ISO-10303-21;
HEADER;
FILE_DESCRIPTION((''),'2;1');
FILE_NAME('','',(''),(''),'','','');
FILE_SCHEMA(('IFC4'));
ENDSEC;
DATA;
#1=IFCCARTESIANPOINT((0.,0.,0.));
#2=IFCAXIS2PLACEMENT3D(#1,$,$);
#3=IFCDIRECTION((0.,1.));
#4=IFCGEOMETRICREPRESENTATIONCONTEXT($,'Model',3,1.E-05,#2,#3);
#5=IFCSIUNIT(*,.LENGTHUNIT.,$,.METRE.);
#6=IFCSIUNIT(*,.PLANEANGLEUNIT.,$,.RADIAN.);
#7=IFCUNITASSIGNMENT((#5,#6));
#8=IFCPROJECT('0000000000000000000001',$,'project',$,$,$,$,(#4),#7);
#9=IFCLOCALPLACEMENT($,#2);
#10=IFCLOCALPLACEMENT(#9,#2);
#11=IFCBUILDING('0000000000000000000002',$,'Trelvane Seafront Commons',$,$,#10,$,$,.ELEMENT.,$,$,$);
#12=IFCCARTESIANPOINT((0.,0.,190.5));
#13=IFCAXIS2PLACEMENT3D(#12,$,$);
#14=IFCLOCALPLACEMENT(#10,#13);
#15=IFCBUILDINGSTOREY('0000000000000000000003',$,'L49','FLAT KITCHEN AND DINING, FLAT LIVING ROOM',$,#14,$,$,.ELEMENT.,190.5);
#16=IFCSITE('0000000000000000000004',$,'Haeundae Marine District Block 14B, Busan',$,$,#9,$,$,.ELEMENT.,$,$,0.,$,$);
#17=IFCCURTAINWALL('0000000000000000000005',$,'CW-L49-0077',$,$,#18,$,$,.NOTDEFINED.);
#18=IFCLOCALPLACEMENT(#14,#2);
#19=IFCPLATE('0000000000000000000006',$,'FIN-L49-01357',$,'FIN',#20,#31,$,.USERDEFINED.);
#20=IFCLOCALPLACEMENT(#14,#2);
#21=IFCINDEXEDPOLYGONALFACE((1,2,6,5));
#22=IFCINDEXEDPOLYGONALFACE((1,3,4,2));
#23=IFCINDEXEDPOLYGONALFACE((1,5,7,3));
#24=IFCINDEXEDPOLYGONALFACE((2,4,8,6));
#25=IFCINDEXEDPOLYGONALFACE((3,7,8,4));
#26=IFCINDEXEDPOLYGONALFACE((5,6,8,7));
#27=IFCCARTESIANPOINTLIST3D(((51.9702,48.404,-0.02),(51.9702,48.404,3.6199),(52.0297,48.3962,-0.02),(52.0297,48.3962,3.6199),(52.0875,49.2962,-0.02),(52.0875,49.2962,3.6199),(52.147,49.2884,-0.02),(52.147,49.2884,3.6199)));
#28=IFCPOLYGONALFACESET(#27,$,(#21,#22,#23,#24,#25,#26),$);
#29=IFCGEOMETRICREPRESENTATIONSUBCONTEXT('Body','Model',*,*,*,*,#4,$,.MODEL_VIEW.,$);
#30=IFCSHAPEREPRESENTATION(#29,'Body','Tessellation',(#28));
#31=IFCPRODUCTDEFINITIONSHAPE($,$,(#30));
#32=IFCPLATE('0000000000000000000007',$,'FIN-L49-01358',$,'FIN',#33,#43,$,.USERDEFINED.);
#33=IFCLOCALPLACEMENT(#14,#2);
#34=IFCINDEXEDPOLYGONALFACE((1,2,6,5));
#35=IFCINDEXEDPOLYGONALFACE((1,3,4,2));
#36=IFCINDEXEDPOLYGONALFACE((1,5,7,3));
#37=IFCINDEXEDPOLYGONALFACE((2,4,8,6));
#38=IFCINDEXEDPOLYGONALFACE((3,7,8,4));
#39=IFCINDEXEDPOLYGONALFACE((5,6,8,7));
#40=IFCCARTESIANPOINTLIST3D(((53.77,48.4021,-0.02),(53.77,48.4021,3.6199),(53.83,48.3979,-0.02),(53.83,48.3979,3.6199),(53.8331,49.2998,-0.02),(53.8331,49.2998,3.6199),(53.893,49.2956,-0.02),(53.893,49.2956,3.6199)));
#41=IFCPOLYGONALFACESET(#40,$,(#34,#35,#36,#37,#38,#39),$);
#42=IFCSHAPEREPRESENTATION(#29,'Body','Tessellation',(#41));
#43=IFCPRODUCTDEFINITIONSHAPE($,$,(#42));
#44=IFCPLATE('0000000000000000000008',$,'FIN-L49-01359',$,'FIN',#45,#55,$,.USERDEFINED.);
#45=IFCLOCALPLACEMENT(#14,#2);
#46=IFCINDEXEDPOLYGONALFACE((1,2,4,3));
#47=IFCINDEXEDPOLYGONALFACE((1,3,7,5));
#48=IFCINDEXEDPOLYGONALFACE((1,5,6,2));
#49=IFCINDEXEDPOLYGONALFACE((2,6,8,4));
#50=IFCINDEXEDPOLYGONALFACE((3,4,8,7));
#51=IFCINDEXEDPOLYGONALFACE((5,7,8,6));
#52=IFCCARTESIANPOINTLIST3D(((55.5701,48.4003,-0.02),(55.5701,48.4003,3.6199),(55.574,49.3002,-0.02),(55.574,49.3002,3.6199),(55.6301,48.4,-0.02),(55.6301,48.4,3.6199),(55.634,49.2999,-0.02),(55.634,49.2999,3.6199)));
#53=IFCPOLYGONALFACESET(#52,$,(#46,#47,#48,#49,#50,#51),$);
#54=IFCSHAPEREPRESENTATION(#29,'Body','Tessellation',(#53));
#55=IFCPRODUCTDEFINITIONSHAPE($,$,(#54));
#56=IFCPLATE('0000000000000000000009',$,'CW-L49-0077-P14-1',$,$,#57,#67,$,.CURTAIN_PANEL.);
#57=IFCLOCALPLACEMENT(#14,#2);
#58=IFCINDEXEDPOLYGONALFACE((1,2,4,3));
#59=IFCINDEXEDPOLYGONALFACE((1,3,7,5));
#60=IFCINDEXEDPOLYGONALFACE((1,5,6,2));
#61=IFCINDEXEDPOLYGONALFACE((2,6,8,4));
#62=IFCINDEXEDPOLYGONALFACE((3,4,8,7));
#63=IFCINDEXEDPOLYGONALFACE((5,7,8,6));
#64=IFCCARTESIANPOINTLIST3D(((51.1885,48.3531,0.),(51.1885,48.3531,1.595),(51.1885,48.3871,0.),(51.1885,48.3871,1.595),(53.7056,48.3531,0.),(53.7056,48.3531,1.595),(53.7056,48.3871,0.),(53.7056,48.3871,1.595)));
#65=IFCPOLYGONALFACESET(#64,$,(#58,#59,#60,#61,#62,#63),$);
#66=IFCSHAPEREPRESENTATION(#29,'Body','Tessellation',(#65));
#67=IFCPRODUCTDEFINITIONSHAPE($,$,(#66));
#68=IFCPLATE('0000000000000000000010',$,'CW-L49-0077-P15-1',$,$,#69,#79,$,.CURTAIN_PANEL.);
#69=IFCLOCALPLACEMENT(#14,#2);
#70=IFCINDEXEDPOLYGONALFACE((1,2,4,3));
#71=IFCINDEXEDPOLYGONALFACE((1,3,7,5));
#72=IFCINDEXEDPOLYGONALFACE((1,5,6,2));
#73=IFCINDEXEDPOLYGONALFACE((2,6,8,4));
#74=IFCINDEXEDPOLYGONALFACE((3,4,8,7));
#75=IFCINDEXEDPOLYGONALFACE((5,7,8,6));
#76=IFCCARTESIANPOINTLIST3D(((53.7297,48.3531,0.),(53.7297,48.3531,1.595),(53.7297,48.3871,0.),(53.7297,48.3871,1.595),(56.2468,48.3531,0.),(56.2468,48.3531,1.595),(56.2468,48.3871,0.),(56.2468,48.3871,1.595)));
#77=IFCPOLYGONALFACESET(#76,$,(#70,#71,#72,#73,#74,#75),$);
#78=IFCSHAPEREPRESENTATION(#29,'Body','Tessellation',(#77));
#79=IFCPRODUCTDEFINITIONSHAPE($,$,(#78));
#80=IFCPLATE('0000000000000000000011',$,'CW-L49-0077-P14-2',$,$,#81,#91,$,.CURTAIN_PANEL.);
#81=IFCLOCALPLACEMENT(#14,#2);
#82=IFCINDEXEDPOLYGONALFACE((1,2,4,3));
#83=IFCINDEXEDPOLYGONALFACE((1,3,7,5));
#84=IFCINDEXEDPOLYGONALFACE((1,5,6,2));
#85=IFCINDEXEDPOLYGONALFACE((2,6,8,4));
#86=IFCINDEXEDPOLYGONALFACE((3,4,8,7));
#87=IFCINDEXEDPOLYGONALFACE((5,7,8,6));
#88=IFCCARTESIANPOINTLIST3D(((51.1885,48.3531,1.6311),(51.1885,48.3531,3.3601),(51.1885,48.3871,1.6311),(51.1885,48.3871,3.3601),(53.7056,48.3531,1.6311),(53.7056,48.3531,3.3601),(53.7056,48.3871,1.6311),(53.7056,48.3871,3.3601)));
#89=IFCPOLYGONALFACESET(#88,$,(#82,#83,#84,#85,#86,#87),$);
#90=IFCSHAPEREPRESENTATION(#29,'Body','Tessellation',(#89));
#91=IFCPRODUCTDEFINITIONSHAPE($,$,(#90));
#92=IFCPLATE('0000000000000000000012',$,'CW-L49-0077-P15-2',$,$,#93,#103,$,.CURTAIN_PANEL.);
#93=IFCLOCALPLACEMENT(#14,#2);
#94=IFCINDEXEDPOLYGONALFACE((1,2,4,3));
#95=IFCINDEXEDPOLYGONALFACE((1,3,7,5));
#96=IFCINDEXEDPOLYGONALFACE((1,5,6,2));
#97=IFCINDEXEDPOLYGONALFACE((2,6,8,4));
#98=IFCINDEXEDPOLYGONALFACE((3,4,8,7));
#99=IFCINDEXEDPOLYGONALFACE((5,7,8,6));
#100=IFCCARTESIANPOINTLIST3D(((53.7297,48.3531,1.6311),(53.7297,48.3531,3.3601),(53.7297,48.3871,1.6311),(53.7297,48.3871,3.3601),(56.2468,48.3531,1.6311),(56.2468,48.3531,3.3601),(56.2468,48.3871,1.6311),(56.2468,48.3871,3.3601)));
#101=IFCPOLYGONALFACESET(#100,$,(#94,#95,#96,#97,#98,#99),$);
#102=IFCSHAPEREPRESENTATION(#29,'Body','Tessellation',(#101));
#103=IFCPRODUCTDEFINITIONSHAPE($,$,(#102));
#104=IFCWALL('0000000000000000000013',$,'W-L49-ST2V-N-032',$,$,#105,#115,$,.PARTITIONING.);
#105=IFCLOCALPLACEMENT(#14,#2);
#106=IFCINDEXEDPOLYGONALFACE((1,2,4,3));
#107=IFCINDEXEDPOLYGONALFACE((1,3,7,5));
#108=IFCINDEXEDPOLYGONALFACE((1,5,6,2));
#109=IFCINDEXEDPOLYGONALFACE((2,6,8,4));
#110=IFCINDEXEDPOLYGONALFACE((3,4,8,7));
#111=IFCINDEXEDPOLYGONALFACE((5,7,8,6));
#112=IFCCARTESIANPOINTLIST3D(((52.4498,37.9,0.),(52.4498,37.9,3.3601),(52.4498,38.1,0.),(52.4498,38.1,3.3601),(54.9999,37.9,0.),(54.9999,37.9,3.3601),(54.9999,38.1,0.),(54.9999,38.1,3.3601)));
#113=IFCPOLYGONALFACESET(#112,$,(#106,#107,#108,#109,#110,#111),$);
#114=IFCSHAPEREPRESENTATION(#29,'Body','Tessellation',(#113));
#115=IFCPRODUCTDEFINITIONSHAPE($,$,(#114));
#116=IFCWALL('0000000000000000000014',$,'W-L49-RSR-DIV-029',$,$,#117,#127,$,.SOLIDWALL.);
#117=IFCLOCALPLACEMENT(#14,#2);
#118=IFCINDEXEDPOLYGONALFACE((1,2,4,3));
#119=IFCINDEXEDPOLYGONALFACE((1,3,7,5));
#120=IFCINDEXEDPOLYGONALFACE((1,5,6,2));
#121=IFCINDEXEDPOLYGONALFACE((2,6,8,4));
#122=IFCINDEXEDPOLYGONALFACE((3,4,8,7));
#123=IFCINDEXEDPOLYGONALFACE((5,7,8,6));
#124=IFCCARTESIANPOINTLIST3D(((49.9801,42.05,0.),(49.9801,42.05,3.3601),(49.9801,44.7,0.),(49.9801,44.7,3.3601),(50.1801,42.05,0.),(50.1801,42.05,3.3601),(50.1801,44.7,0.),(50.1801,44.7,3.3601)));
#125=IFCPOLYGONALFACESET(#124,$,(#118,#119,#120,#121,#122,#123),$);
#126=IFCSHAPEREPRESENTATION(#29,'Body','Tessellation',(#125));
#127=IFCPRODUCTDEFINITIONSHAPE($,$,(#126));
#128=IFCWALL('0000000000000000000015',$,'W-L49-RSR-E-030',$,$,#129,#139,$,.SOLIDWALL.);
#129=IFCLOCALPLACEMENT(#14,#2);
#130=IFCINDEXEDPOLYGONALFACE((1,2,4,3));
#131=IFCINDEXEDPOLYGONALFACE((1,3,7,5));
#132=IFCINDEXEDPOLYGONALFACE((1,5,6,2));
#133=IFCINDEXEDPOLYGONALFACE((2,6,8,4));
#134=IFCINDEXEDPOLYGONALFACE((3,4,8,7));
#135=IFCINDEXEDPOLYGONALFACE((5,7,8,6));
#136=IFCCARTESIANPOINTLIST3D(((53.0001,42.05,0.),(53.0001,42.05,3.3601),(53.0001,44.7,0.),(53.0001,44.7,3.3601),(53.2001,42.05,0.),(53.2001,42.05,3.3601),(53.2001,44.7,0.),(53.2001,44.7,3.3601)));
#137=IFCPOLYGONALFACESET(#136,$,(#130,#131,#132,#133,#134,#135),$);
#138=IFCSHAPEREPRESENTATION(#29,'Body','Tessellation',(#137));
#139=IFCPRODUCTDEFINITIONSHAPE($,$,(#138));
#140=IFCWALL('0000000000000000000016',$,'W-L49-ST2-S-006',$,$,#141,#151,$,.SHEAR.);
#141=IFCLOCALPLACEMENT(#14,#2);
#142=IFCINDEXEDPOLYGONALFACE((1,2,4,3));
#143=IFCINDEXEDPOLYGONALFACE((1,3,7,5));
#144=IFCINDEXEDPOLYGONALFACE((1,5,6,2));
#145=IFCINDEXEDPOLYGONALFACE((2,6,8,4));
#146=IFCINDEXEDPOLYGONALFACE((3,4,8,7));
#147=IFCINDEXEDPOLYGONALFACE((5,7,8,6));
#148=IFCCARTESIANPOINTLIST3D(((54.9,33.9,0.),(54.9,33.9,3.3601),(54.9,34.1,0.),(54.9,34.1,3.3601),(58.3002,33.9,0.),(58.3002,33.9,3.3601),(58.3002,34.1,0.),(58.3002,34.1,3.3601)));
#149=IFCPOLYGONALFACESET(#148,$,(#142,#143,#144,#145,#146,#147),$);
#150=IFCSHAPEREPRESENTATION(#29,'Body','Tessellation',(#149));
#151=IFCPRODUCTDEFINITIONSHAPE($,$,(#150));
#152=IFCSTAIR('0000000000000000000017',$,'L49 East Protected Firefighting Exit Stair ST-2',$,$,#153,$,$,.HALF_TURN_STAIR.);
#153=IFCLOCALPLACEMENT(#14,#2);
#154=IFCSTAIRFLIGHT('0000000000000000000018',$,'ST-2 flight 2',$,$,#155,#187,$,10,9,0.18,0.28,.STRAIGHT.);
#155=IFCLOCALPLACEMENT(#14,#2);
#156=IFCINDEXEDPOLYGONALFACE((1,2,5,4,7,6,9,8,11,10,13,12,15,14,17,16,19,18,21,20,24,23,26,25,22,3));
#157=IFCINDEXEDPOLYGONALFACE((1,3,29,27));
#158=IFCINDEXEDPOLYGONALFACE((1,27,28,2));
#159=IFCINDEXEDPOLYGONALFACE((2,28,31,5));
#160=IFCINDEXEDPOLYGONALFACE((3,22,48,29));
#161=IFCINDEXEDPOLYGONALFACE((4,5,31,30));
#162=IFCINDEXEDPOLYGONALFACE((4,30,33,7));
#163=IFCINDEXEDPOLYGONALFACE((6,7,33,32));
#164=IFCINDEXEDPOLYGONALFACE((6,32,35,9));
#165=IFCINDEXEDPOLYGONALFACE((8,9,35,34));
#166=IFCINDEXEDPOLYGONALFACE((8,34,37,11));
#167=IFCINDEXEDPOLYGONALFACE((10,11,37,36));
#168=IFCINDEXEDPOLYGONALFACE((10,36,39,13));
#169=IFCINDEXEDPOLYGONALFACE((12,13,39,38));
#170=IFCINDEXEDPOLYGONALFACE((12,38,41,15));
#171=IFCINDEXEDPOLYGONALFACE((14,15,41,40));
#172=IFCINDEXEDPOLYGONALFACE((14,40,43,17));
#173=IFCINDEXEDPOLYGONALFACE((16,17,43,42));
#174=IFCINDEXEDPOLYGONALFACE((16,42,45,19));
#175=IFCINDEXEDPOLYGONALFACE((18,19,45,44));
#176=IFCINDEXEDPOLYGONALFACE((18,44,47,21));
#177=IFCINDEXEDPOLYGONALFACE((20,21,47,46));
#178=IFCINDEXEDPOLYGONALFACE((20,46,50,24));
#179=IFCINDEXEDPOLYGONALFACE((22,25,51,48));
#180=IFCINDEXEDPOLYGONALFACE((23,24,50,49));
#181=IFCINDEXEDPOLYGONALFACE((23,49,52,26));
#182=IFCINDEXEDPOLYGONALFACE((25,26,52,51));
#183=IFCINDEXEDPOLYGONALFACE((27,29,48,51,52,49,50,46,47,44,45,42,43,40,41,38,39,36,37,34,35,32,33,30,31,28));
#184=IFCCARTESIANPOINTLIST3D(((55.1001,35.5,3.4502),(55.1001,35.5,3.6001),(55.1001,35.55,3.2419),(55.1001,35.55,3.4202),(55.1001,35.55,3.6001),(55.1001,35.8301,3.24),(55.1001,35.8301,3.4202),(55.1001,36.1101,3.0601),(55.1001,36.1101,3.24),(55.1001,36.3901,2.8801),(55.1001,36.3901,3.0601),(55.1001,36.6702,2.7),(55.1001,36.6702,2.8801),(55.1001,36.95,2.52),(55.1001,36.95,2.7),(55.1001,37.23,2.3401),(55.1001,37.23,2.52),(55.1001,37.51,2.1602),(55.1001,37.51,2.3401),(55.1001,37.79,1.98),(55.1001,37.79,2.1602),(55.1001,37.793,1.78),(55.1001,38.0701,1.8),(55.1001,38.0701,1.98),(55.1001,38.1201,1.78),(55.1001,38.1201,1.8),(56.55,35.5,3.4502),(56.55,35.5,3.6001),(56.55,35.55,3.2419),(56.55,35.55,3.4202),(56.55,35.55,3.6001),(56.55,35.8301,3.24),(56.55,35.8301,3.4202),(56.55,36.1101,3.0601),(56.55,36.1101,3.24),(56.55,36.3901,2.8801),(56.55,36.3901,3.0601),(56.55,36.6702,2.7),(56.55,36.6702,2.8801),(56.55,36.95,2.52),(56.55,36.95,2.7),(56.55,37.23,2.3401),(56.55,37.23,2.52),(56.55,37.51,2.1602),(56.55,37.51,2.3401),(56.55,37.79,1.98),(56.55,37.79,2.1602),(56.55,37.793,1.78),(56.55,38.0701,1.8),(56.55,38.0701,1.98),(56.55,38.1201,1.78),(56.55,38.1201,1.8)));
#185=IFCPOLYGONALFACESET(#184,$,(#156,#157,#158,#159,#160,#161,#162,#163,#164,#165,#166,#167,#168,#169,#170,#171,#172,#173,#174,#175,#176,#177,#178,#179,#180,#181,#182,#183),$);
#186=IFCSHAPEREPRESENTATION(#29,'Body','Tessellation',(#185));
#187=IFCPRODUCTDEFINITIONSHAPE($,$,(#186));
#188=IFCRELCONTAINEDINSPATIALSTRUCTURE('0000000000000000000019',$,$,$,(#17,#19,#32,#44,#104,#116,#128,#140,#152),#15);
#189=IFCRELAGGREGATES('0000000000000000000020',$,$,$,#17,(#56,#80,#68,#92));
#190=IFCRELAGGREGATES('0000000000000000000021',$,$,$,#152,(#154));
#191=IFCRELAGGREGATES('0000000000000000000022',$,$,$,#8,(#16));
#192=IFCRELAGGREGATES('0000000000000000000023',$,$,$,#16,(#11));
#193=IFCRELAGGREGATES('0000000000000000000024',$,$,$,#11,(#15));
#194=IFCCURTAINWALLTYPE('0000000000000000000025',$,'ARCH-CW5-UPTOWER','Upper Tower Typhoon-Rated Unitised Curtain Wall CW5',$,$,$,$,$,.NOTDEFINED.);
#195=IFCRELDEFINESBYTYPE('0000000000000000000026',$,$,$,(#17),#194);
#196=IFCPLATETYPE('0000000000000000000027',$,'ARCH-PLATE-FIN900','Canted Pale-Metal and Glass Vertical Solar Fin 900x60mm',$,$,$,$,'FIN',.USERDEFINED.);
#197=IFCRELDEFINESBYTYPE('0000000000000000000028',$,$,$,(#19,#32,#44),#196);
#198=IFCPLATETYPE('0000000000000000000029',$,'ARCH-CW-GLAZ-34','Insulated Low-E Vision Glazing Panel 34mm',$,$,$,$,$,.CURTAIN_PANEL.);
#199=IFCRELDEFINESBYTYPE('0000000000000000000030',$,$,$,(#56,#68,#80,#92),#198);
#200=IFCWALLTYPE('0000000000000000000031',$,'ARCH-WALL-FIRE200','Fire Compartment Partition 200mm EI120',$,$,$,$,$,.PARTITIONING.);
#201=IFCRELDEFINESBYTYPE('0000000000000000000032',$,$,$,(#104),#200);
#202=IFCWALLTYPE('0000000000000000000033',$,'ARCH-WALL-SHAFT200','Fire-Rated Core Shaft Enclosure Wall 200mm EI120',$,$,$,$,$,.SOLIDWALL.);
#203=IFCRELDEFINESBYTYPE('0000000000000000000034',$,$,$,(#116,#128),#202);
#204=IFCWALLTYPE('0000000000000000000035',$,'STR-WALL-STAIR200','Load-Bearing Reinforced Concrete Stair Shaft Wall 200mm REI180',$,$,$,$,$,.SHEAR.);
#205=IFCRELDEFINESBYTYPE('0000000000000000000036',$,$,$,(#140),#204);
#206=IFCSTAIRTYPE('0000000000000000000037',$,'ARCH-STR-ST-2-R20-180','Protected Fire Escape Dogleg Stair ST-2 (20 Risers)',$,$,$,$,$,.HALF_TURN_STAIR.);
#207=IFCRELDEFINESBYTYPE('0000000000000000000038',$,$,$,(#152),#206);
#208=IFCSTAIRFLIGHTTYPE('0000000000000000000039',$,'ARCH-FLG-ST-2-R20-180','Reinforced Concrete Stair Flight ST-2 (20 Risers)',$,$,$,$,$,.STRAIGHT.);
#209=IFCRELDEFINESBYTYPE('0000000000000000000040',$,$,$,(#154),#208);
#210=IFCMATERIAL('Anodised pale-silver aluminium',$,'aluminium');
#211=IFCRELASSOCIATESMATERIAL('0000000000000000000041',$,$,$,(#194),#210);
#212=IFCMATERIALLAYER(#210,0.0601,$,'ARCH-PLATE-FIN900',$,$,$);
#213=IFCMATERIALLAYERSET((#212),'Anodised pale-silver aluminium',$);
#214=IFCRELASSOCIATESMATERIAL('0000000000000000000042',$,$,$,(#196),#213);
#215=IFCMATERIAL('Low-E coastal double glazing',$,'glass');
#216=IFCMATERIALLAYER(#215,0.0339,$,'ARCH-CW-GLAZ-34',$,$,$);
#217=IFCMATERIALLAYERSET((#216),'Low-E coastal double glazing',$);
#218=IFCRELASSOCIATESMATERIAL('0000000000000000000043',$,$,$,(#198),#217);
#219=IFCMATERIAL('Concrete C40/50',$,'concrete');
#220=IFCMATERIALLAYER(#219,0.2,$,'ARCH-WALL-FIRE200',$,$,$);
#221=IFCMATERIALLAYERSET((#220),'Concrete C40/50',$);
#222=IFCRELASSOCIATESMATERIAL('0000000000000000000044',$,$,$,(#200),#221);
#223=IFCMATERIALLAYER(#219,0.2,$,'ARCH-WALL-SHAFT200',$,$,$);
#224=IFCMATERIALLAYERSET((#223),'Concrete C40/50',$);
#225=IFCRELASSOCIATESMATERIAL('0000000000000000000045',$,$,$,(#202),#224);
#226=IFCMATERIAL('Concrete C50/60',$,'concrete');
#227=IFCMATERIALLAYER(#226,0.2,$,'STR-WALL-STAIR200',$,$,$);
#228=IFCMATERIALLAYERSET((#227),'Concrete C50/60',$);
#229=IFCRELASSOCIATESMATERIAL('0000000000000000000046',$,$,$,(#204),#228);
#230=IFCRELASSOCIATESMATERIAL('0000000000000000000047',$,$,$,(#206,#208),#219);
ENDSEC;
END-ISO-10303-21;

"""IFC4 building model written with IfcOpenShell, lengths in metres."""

from ifc_helpers import new_model, si_unit, direction, frame, frame_2d, origin, origin_2d, place, context, subcontext, project, spatial, polyline, rectangle, outline, extrude, source, transform, mapped, material, layer, layer_set, type_object, element, aggregate, save


model = new_model("IFC4")

# Units and contexts
model_context = context("Model", 3, precision=1e-05, world=origin(), true_north=direction((0.0, 1.0)))
body_context = subcontext(model_context, "Body", "Model", "MODEL_VIEW")
ifc_project = project(units=[si_unit("LENGTHUNIT", "METRE"), si_unit("PLANEANGLEUNIT", "RADIAN")], contexts=[model_context])

# Site, building, storey
site_placement = place(None, origin())
site = spatial("IfcSite", under=ifc_project, at=site_placement, Name="Haeundae Marine District Block 14B, Busan", CompositionType="ELEMENT", RefElevation=0.0)
building_placement = place(site_placement, origin())
building = spatial("IfcBuilding", under=site, at=building_placement, Name="Trelvane Seafront Commons", CompositionType="ELEMENT")
storey_placement = place(building_placement, frame((0.0, 0.0, 190.5)))
storey = spatial("IfcBuildingStorey", under=building, at=storey_placement, Name="L49", Description="FLAT KITCHEN AND DINING, FLAT LIVING ROOM", CompositionType="ELEMENT", Elevation=190.5)

# Shared definitions
ifc_material_1 = material(Name="Concrete C50/60", Category="concrete")

# Curtain wall
ifc_material_2 = material(Name="Anodised pale-silver aluminium", Category="aluminium")
curtain_wall_type = type_object("IfcCurtainWallType", Name="ARCH-CW5-UPTOWER", Description="Upper Tower Typhoon-Rated Unitised Curtain Wall CW5", PredefinedType="NOTDEFINED", material=ifc_material_2)
curtain_wall_placement = place(storey_placement, origin())
curtain_wall = element("IfcCurtainWall", 1, at=curtain_wall_placement, inside=storey, type_object=curtain_wall_type, Name="CW-L49-0077", PredefinedType="NOTDEFINED")

# Plates
ifc_layer_1 = layer(ifc_material_2, 0.0601, Name="ARCH-PLATE-FIN900")
ifc_layer_set_1 = layer_set([ifc_layer_1], Name="Anodised pale-silver aluminium")
plate_type_1 = type_object("IfcPlateType", Name="ARCH-PLATE-FIN900", Description="Canted Pale-Metal and Glass Vertical Solar Fin 900x60mm", ElementType="FIN", PredefinedType="USERDEFINED", material=ifc_layer_set_1)
shared_shape_1 = source(origin(), body_context, "Body", "SweptSolid", [
    extrude(rectangle(XDim=0.8999, YDim=0.0601, at=origin_2d()), origin(), (0.0, 0.0, 1.0), 3.6399),
])
for number, where, z_axis, x_axis, name in (
    (2, (52.0586, 48.8462, -0.02), (0.0, 0.0, 1.0), (0.130336, 0.99147, 0.0), "FIN-L49-01357"),
    (3, (53.8315, 48.8489, -0.02), (0.0, 0.0, 1.0), (0.07011, 0.997539, 0.0), "FIN-L49-01358"),
    (4, (55.6021, 48.8501, -0.02), (0.0, 0.0, 1.0), (0.004334, 0.999991, 0.0), "FIN-L49-01359"),
):
    element("IfcPlate", number, at=place(storey_placement, frame(where, z_axis=z_axis, x_axis=x_axis)), inside=storey, type_object=plate_type_1, Name=name, ObjectType="FIN", PredefinedType="USERDEFINED", context=body_context, shape_type="MappedRepresentation", body=[
        mapped(shared_shape_1, transform((0.0, 0.0, 0.0), x_axis=(1.0, 0.0, 0.0), y_axis=(0.0, 1.0, 0.0), z_axis=(0.0, 0.0, 1.0), scale=1.0)),
    ])

# Plates
ifc_material_3 = material(Name="Low-E coastal double glazing", Category="glass")
ifc_layer_2 = layer(ifc_material_3, 0.0339, Name="ARCH-CW-GLAZ-34")
ifc_layer_set_2 = layer_set([ifc_layer_2], Name="Low-E coastal double glazing")
plate_type_2 = type_object("IfcPlateType", Name="ARCH-CW-GLAZ-34", Description="Insulated Low-E Vision Glazing Panel 34mm", PredefinedType="CURTAIN_PANEL", material=ifc_layer_set_2)
shared_shape_2 = source(origin(), body_context, "Body", "SweptSolid", [
    extrude(rectangle(XDim=2.5171, YDim=0.0339, at=origin_2d()), origin(), (0.0, 0.0, 1.0), 1.595),
])
plate_1_placement = place(storey_placement, frame((52.447, 48.3701, 0.0), z_axis=(0.0, 0.0, 1.0), x_axis=(1.0, 0.0, 0.0)))
plate_1 = element("IfcPlate", 5, at=plate_1_placement, type_object=plate_type_2, Name="CW-L49-0077-P14-1", PredefinedType="CURTAIN_PANEL", context=body_context, shape_type="MappedRepresentation", body=[
    mapped(shared_shape_2, transform((0.0, 0.0, 0.0), x_axis=(1.0, 0.0, 0.0), y_axis=(0.0, 1.0, 0.0), z_axis=(0.0, 0.0, 1.0), scale=1.0)),
])
plate_2_placement = place(storey_placement, frame((54.9883, 48.3701, 0.0), z_axis=(0.0, 0.0, 1.0), x_axis=(1.0, 0.0, 0.0)))
plate_2 = element("IfcPlate", 6, at=plate_2_placement, type_object=plate_type_2, Name="CW-L49-0077-P15-1", PredefinedType="CURTAIN_PANEL", context=body_context, shape_type="MappedRepresentation", body=[
    mapped(shared_shape_2, transform((0.0, 0.0, 0.0), x_axis=(1.0, 0.0, 0.0), y_axis=(0.0, 1.0, 0.0), z_axis=(0.0, 0.0, 1.0), scale=1.0)),
])
shared_shape_3 = source(origin(), body_context, "Body", "SweptSolid", [
    extrude(rectangle(XDim=2.5171, YDim=0.0339, at=origin_2d()), origin(), (0.0, 0.0, 1.0), 1.729),
])
plate_3_placement = place(storey_placement, frame((52.447, 48.3701, 1.6311), z_axis=(0.0, 0.0, 1.0), x_axis=(1.0, 0.0, 0.0)))
plate_3 = element("IfcPlate", 7, at=plate_3_placement, type_object=plate_type_2, Name="CW-L49-0077-P14-2", PredefinedType="CURTAIN_PANEL", context=body_context, shape_type="MappedRepresentation", body=[
    mapped(shared_shape_3, transform((0.0, 0.0, 0.0), x_axis=(1.0, 0.0, 0.0), y_axis=(0.0, 1.0, 0.0), z_axis=(0.0, 0.0, 1.0), scale=1.0)),
])
plate_4_placement = place(storey_placement, frame((54.9883, 48.3701, 1.6311), z_axis=(0.0, 0.0, 1.0), x_axis=(1.0, 0.0, 0.0)))
plate_4 = element("IfcPlate", 8, at=plate_4_placement, type_object=plate_type_2, Name="CW-L49-0077-P15-2", PredefinedType="CURTAIN_PANEL", context=body_context, shape_type="MappedRepresentation", body=[
    mapped(shared_shape_3, transform((0.0, 0.0, 0.0), x_axis=(1.0, 0.0, 0.0), y_axis=(0.0, 1.0, 0.0), z_axis=(0.0, 0.0, 1.0), scale=1.0)),
])
aggregate(curtain_wall, [plate_1, plate_3, plate_2, plate_4])

# Walls
ifc_material_4 = material(Name="Concrete C40/50", Category="concrete")
ifc_layer_3 = layer(ifc_material_4, 0.2, Name="ARCH-WALL-FIRE200")
ifc_layer_set_3 = layer_set([ifc_layer_3], Name="Concrete C40/50")
wall_type_1 = type_object("IfcWallType", Name="ARCH-WALL-FIRE200", Description="Fire Compartment Partition 200mm EI120", PredefinedType="PARTITIONING", material=ifc_layer_set_3)
wall_1_placement = place(storey_placement, frame((52.45, 38.0, 0.0), z_axis=(0.0, 0.0, 1.0), x_axis=(1.0, 0.0, 0.0)))
element("IfcWall", 9, at=wall_1_placement, inside=storey, type_object=wall_type_1, Name="W-L49-ST2V-N-032", PredefinedType="PARTITIONING", context=body_context, shape_type="SweptSolid", body=[
    extrude(rectangle(XDim=2.55, YDim=0.2, at=frame_2d((1.2749, 0.0))), origin(), (0.0, 0.0, 1.0), 3.3601),
])
ifc_layer_4 = layer(ifc_material_4, 0.2, Name="ARCH-WALL-SHAFT200")
ifc_layer_set_4 = layer_set([ifc_layer_4], Name="Concrete C40/50")
wall_type_2 = type_object("IfcWallType", Name="ARCH-WALL-SHAFT200", Description="Fire-Rated Core Shaft Enclosure Wall 200mm EI120", PredefinedType="SOLIDWALL", material=ifc_layer_set_4)
for number, where, z_axis, x_axis, name in (
    (10, (50.0801, 42.05, 0.0), (0.0, 0.0, 1.0), (0.0, 1.0, 0.0), "W-L49-RSR-DIV-029"),
    (11, (53.1001, 42.05, 0.0), (0.0, 0.0, 1.0), (0.0, 1.0, 0.0), "W-L49-RSR-E-030"),
):
    element("IfcWall", number, at=place(storey_placement, frame(where, z_axis=z_axis, x_axis=x_axis)), inside=storey, type_object=wall_type_2, Name=name, PredefinedType="SOLIDWALL", context=body_context, shape_type="SweptSolid", body=[
        extrude(rectangle(XDim=2.6499, YDim=0.2, at=frame_2d((1.325, 0.0))), origin(), (0.0, 0.0, 1.0), 3.3601),
    ])
ifc_layer_5 = layer(ifc_material_1, 0.2, Name="STR-WALL-STAIR200")
ifc_layer_set_5 = layer_set([ifc_layer_5], Name="Concrete C50/60")
wall_type_3 = type_object("IfcWallType", Name="STR-WALL-STAIR200", Description="Load-Bearing Reinforced Concrete Stair Shaft Wall 200mm REI180", PredefinedType="SHEAR", material=ifc_layer_set_5)
wall_2_placement = place(storey_placement, frame((54.8999, 34.0, 0.0), z_axis=(0.0, 0.0, 1.0), x_axis=(1.0, 0.0, 0.0)))
element("IfcWall", 12, at=wall_2_placement, inside=storey, type_object=wall_type_3, Name="W-L49-ST2-S-006", PredefinedType="SHEAR", context=body_context, shape_type="SweptSolid", body=[
    extrude(rectangle(XDim=3.4001, YDim=0.2, at=frame_2d((1.7002, 0.0))), origin(), (0.0, 0.0, 1.0), 3.3601),
])

# Stair, stair flight
stair_type = type_object("IfcStairType", Name="ARCH-STR-ST-2-R20-180", Description="Protected Fire Escape Dogleg Stair ST-2 (20 Risers)", PredefinedType="HALF_TURN_STAIR", material=ifc_material_4)
stair_placement = place(storey_placement, origin())
stair = element("IfcStair", 13, at=stair_placement, inside=storey, type_object=stair_type, Name="L49 East Protected Firefighting Exit Stair ST-2", PredefinedType="HALF_TURN_STAIR")
stair_flight_type = type_object("IfcStairFlightType", Name="ARCH-FLG-ST-2-R20-180", Description="Reinforced Concrete Stair Flight ST-2 (20 Risers)", PredefinedType="STRAIGHT", material=ifc_material_4)
shared_shape_4 = source(origin(), body_context, "Body", "SweptSolid", [
    extrude(outline(polyline([(-0.05, -0.02), (-0.05, 0.0), (0.0, 0.0), (0.0, 0.1799), (0.28, 0.1799), (0.28, 0.3601), (0.5601, 0.3601), (0.5601, 0.54), (0.8401, 0.54), (0.8401, 0.72), (1.1201, 0.72), (1.1201, 0.8999), (1.3999, 0.8999), (1.3999, 1.0801), (1.6799, 1.0801), (1.6799, 1.26), (1.96, 1.26), (1.96, 1.4399), (2.24, 1.4399), (2.24, 1.6201), (2.52, 1.6201), (2.52, 1.8), (2.5701, 1.8), (2.5701, 1.6501), (2.52, 1.4419), (0.2771, -0.02), (-0.05, -0.02)])), frame((0.0, 0.7251, 0.0), z_axis=(0.0, -1.0, 0.0), x_axis=(1.0, 0.0, 0.0)), (0.0, 0.0, 1.0), 1.45),
])
stair_flight_placement = place(storey_placement, frame((55.825, 38.0701, 1.8), z_axis=(0.0, 0.0, 1.0), x_axis=(0.0, -1.0, 0.0)))
stair_flight = element("IfcStairFlight", 14, at=stair_flight_placement, type_object=stair_flight_type, Name="ST-2 flight 2", NumberOfRisers=10, NumberOfTreads=9, PredefinedType="STRAIGHT", RiserHeight=0.18, TreadLength=0.28, context=body_context, shape_type="MappedRepresentation", body=[
    mapped(shared_shape_4, transform((0.0, 0.0, 0.0), x_axis=(1.0, 0.0, 0.0), y_axis=(0.0, 1.0, 0.0), z_axis=(0.0, 0.0, 1.0), scale=1.0)),
])
aggregate(stair, [stair_flight])

save(model, "model.ifc")
